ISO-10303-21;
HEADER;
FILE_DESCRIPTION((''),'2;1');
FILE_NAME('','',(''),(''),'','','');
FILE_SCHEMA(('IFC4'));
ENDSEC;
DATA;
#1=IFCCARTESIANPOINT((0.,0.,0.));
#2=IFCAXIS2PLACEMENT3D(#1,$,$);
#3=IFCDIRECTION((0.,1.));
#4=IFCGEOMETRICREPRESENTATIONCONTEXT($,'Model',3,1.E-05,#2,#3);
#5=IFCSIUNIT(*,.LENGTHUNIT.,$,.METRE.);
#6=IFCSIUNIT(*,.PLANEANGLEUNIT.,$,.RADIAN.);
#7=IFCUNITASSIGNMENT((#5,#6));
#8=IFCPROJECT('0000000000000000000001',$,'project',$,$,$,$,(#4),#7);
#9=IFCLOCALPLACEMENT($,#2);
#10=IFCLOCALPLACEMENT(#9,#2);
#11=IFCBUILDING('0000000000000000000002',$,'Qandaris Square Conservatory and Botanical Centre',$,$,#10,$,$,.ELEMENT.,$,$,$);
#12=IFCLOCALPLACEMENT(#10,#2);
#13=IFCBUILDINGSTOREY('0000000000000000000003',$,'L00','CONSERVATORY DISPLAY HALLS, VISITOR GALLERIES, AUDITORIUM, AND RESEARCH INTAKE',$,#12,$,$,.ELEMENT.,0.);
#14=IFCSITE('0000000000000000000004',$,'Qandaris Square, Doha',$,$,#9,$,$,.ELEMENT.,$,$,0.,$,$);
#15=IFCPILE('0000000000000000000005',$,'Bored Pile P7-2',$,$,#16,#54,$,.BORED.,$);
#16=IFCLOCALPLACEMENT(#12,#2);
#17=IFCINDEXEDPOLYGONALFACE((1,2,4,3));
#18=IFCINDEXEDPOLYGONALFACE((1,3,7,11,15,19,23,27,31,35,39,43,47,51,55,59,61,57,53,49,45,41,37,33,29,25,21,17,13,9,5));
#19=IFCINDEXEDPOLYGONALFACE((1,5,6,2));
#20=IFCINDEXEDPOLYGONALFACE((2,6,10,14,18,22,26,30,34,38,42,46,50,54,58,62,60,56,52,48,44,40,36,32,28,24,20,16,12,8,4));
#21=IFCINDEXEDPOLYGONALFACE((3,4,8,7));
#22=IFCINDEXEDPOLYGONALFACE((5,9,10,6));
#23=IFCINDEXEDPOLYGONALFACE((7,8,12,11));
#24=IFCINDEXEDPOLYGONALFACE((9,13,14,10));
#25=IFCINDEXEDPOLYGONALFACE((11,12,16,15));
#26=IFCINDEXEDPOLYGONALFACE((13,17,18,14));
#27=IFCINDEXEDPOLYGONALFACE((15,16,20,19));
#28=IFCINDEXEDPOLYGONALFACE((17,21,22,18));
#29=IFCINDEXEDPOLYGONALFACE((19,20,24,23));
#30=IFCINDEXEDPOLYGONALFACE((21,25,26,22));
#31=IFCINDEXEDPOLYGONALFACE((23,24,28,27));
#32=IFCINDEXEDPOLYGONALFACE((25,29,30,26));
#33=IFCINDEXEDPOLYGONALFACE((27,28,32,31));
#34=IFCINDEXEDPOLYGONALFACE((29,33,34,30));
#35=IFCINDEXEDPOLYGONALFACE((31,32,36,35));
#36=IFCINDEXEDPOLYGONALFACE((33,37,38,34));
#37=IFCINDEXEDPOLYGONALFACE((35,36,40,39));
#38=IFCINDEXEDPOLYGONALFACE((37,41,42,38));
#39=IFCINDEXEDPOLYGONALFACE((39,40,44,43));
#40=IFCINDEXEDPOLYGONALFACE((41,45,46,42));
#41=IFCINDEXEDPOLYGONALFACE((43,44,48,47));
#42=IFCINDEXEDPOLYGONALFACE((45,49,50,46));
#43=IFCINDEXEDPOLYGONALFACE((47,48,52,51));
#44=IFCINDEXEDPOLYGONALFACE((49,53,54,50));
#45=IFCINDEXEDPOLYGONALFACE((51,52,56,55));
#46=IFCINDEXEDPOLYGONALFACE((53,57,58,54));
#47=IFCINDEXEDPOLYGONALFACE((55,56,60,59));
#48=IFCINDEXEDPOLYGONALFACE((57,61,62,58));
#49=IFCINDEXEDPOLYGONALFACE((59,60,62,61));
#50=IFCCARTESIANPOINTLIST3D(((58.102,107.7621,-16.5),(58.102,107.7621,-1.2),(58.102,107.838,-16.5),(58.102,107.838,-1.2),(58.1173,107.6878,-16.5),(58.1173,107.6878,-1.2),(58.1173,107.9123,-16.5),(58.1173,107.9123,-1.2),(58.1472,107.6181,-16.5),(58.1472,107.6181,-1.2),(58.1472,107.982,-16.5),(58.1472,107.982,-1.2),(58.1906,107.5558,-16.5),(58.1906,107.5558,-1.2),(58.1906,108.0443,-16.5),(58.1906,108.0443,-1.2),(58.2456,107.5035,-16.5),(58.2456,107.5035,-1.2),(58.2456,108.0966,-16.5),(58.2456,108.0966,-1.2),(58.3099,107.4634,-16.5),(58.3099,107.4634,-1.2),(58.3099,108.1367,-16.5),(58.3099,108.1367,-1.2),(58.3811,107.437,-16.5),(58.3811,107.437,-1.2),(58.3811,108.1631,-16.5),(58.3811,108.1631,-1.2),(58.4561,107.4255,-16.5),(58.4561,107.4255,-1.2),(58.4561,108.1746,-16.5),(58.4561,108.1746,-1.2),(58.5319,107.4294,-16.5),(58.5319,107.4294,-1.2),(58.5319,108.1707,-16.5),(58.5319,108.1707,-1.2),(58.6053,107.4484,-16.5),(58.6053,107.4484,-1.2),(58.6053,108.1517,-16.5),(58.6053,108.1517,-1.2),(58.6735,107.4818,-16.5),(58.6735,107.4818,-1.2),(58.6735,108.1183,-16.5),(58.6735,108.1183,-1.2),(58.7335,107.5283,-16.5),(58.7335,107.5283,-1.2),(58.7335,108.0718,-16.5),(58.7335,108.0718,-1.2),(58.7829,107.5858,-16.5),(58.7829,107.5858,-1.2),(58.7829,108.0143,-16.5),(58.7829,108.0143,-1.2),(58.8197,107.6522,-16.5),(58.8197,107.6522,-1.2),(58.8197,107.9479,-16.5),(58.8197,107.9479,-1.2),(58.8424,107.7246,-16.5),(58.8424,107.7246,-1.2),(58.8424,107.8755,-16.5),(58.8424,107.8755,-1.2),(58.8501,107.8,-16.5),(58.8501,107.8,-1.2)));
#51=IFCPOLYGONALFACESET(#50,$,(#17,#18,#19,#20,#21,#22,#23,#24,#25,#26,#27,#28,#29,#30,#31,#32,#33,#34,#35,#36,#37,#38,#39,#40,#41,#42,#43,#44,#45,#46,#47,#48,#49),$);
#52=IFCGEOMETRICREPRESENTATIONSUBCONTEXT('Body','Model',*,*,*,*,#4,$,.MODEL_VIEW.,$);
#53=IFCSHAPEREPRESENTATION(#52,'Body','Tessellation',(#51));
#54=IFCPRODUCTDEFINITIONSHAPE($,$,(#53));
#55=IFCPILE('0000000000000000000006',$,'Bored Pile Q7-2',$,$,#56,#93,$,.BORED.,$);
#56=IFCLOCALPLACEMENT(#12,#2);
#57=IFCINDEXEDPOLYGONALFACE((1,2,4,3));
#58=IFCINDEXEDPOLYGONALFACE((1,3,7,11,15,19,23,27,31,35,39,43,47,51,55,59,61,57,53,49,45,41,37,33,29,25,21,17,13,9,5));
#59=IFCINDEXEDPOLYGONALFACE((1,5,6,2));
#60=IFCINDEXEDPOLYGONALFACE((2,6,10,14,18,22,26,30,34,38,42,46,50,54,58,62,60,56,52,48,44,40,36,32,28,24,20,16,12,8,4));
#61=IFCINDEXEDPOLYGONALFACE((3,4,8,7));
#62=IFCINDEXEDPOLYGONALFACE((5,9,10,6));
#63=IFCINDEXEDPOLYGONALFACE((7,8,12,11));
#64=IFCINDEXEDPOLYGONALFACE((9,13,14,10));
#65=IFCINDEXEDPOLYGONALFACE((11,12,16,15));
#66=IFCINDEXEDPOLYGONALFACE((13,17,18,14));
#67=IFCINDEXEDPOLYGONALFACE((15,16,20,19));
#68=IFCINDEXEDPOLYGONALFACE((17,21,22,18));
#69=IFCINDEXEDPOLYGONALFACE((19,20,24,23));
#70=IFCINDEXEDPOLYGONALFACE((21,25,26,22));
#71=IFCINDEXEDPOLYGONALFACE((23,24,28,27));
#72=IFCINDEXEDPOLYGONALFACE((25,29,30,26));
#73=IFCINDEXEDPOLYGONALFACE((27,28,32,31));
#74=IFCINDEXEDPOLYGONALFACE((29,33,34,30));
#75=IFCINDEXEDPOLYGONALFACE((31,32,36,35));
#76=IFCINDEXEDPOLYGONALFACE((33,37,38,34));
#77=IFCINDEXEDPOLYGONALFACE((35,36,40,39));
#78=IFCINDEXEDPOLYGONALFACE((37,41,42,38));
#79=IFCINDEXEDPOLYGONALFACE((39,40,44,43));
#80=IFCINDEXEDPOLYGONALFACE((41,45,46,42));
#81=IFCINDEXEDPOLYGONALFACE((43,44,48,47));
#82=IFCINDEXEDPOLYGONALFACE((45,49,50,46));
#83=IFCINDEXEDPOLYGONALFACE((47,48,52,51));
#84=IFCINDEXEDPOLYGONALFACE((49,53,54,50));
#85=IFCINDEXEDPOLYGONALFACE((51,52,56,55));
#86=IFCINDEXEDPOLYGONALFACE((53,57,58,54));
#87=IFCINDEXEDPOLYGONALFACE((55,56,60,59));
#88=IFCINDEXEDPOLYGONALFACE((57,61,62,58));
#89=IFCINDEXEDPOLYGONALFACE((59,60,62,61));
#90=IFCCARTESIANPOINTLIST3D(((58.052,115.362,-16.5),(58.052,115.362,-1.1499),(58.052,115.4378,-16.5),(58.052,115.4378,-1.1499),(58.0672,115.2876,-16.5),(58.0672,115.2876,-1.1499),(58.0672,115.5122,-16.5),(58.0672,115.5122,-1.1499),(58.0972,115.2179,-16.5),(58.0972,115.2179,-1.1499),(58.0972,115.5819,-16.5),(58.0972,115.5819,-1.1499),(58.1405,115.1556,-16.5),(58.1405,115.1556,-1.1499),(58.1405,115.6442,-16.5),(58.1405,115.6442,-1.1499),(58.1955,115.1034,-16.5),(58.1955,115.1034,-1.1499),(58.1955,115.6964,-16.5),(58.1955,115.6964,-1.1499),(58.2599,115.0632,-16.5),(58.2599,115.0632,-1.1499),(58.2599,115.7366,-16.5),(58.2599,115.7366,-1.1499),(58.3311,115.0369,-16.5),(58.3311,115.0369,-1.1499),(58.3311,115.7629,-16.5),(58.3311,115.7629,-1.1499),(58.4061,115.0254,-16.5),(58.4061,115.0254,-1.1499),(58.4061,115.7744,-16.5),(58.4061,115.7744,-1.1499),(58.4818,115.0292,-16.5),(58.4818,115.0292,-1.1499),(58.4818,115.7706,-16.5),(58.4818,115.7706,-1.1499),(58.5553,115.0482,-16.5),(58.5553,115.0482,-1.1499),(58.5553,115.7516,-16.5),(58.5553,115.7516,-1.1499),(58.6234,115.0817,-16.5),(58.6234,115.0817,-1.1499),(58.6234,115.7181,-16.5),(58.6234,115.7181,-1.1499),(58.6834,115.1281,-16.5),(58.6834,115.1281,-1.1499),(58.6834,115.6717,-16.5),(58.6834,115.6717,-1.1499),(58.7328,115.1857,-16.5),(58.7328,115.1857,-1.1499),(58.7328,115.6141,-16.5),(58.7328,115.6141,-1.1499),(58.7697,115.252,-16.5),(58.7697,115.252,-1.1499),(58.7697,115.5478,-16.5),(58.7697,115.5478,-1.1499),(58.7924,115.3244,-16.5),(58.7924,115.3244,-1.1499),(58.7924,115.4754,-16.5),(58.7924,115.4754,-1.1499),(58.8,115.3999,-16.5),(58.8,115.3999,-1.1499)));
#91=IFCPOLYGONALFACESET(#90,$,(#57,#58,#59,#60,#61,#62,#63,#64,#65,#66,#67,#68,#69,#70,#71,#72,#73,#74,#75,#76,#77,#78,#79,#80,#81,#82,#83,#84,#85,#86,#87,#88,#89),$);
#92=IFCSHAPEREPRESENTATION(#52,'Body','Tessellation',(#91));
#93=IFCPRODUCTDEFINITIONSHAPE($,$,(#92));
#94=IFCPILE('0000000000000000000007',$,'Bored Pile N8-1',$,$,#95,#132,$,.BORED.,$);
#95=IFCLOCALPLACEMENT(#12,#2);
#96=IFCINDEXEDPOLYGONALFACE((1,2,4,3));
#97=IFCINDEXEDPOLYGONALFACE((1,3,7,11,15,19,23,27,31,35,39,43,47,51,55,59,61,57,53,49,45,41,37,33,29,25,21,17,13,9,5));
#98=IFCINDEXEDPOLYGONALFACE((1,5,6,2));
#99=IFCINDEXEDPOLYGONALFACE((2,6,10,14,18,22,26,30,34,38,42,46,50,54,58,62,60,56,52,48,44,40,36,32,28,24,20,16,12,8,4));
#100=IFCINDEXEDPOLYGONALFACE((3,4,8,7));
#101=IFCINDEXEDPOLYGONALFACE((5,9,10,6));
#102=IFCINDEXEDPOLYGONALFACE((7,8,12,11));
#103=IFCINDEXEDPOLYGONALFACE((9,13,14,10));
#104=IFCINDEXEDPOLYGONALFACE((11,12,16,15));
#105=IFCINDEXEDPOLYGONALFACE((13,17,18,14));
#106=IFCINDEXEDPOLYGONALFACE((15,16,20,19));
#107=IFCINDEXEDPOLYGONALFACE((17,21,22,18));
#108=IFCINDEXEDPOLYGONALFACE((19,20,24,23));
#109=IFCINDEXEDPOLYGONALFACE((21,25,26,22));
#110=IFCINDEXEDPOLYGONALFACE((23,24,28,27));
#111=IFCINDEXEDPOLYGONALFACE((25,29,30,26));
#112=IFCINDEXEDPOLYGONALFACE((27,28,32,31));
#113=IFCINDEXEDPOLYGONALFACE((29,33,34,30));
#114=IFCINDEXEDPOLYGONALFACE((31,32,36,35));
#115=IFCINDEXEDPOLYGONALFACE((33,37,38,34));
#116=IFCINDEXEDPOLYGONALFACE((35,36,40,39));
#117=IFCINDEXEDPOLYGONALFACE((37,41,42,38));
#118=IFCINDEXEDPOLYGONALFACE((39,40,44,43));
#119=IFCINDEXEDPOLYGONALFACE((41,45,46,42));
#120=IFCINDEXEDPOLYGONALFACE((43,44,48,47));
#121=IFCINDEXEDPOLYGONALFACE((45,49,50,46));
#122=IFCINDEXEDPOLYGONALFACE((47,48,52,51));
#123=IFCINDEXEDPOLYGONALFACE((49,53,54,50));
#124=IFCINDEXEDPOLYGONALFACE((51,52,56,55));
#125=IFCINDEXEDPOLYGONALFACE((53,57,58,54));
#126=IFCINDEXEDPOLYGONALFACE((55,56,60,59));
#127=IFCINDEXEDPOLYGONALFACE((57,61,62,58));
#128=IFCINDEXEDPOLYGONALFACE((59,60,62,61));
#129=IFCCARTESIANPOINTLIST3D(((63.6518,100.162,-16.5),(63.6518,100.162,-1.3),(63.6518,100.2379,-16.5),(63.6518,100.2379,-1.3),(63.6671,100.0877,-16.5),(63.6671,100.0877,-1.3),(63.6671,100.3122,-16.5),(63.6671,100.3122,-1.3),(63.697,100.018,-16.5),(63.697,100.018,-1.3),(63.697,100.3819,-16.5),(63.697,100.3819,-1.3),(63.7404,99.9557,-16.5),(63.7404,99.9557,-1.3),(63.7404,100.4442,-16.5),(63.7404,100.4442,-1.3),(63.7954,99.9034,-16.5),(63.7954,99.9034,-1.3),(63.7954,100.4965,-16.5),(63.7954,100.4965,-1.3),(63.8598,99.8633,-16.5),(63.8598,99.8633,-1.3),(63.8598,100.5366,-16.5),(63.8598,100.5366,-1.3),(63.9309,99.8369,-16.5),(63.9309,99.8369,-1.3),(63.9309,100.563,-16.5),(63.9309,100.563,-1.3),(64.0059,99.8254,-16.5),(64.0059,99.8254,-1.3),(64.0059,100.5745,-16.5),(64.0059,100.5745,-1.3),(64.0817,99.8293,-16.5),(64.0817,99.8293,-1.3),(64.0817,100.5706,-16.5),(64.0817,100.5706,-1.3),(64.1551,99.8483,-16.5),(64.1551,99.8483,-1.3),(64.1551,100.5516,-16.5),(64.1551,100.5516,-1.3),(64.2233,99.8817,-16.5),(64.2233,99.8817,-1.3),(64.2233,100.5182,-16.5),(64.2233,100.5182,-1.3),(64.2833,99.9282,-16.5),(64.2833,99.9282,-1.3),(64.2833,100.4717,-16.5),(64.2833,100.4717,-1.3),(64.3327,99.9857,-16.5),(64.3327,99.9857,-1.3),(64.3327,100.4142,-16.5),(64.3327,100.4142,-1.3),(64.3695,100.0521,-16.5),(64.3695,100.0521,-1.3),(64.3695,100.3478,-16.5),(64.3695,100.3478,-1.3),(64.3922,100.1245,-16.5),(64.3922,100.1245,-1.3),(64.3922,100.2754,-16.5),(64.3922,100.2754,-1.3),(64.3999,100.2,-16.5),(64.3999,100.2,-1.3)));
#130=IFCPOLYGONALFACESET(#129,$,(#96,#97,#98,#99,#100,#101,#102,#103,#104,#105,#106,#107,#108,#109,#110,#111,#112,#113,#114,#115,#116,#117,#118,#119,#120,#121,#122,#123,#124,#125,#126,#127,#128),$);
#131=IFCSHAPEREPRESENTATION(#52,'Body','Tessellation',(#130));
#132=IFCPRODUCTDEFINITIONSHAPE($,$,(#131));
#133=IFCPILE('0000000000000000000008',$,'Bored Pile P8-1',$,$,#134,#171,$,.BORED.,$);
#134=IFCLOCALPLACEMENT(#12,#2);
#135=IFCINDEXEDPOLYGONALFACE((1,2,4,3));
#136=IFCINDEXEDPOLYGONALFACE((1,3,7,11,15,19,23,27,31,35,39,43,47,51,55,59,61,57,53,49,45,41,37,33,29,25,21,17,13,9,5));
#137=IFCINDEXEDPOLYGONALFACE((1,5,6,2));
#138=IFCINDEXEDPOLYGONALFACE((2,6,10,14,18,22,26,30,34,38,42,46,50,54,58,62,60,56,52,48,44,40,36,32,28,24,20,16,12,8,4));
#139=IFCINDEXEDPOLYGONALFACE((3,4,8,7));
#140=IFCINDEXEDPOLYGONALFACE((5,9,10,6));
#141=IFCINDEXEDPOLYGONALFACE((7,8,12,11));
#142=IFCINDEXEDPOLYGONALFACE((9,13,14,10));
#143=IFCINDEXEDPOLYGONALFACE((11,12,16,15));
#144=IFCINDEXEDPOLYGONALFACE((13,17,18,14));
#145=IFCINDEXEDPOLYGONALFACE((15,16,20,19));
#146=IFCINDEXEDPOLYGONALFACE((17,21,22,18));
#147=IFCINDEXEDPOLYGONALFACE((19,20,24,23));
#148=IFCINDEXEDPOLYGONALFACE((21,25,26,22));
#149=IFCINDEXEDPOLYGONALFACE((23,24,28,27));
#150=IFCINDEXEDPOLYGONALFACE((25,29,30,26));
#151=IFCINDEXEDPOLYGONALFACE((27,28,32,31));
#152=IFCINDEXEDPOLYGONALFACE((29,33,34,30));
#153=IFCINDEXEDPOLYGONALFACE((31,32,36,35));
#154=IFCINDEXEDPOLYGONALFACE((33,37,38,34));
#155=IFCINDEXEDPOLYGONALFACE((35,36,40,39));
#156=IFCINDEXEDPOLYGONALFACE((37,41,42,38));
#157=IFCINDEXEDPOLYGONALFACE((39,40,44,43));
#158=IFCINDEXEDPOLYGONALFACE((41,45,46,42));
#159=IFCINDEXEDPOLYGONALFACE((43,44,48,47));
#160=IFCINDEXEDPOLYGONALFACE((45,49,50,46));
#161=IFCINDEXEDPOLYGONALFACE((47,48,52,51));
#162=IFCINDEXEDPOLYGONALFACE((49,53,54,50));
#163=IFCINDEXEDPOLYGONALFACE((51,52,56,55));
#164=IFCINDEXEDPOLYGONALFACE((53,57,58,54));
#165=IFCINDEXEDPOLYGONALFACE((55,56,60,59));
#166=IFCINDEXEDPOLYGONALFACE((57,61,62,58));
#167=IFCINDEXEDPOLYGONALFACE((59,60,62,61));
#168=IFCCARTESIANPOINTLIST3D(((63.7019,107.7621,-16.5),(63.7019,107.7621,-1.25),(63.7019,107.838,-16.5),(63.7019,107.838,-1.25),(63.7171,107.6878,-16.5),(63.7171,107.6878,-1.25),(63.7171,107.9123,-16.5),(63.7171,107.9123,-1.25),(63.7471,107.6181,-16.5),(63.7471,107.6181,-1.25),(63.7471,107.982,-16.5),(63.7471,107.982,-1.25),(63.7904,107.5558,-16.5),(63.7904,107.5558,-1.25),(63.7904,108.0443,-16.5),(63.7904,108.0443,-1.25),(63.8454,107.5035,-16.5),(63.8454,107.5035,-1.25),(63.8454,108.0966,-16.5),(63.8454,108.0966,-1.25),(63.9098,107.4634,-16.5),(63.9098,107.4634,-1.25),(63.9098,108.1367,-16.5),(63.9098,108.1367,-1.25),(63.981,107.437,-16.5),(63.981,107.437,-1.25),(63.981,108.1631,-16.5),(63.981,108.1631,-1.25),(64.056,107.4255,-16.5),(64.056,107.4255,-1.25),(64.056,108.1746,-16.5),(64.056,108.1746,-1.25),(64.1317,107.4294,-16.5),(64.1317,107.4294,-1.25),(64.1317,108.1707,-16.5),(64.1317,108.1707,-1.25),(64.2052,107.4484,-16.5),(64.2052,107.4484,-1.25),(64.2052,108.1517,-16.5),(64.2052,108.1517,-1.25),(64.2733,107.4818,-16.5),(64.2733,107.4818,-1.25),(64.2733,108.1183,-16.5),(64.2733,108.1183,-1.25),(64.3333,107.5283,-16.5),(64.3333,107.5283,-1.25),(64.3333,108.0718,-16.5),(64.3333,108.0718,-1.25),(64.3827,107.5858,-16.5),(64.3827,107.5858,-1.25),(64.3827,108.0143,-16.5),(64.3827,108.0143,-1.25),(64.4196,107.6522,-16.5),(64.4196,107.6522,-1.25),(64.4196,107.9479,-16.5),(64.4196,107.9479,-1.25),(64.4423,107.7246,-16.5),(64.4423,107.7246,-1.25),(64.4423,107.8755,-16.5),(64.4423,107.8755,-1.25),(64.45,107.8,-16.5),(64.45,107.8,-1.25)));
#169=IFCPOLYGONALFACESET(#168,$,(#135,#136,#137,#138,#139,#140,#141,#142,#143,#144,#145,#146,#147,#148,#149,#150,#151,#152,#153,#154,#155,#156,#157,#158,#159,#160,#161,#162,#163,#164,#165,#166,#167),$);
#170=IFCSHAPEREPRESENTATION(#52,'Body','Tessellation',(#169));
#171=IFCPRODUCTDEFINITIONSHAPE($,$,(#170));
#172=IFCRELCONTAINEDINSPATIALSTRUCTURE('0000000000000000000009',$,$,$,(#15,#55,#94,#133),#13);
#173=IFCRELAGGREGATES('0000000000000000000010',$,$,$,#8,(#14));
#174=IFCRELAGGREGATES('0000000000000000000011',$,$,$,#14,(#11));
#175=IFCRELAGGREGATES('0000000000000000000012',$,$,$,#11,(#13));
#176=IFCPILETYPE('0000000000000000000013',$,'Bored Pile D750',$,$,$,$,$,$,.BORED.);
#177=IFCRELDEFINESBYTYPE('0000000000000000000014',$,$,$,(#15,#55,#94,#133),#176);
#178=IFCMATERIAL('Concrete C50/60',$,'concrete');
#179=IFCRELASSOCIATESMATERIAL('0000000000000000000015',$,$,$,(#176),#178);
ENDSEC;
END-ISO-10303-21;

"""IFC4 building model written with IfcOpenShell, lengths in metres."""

from ifc_helpers import new_model, si_unit, direction, frame, origin, origin_2d, place, context, subcontext, project, spatial, circle, extrude, material, material_profile, profile_set, type_object, element, save


model = new_model("IFC4")

# Units and contexts
model_context = context("Model", 3, precision=1e-05, world=origin(), true_north=direction((0.0, 1.0)))
body_context = subcontext(model_context, "Body", "Model", "MODEL_VIEW")
ifc_project = project(units=[si_unit("LENGTHUNIT", "METRE"), si_unit("PLANEANGLEUNIT", "RADIAN")], contexts=[model_context])

# Site, building, storey
site_placement = place(None, origin())
site = spatial("IfcSite", under=ifc_project, at=site_placement, Name="Qandaris Square, Doha", CompositionType="ELEMENT", RefElevation=0.0)
building_placement = place(site_placement, origin())
building = spatial("IfcBuilding", under=site, at=building_placement, Name="Qandaris Square Conservatory and Botanical Centre", CompositionType="ELEMENT")
storey_placement = place(building_placement, origin())
storey = spatial("IfcBuildingStorey", under=building, at=storey_placement, Name="L00", Description="CONSERVATORY DISPLAY HALLS, VISITOR GALLERIES, AUDITORIUM, AND RESEARCH INTAKE", CompositionType="ELEMENT", Elevation=0.0)

# Piles
ifc_material_1 = material(Name="Concrete C50/60", Category="concrete")
ifc_material_profile_1 = material_profile(ifc_material_1, circle(Radius=0.375, at=origin_2d()), Name="PILE D750")
ifc_profile_set_1 = profile_set([ifc_material_profile_1], Name="Concrete C50/60")
pile_type = type_object("IfcPileType", Name="Bored Pile D750", PredefinedType="BORED", material=ifc_profile_set_1)
pile_1_placement = place(storey_placement, frame((58.4751, 107.8, -1.2), z_axis=(0.0, 0.0, -1.0), x_axis=(1.0, 0.0, 0.0)))
element("IfcPile", 1, at=pile_1_placement, inside=storey, type_object=pile_type, Name="Bored Pile P7-2", PredefinedType="BORED", context=body_context, shape_type="SweptSolid", body=[
    extrude(circle(Radius=0.375, at=origin_2d()), origin(), (0.0, 0.0, 1.0), 15.3),
])
pile_2_placement = place(storey_placement, frame((58.425, 115.3999, -1.1499), z_axis=(0.0, 0.0, -1.0), x_axis=(1.0, 0.0, 0.0)))
element("IfcPile", 2, at=pile_2_placement, inside=storey, type_object=pile_type, Name="Bored Pile Q7-2", PredefinedType="BORED", context=body_context, shape_type="SweptSolid", body=[
    extrude(circle(Radius=0.375, at=origin_2d()), origin(), (0.0, 0.0, 1.0), 15.3501),
])
pile_3_placement = place(storey_placement, frame((64.0249, 100.2, -1.3), z_axis=(0.0, 0.0, -1.0), x_axis=(1.0, 0.0, 0.0)))
element("IfcPile", 3, at=pile_3_placement, inside=storey, type_object=pile_type, Name="Bored Pile N8-1", PredefinedType="BORED", context=body_context, shape_type="SweptSolid", body=[
    extrude(circle(Radius=0.375, at=origin_2d()), origin(), (0.0, 0.0, 1.0), 15.2),
])
pile_4_placement = place(storey_placement, frame((64.075, 107.8, -1.25), z_axis=(0.0, 0.0, -1.0), x_axis=(1.0, 0.0, 0.0)))
element("IfcPile", 4, at=pile_4_placement, inside=storey, type_object=pile_type, Name="Bored Pile P8-1", PredefinedType="BORED", context=body_context, shape_type="SweptSolid", body=[
    extrude(circle(Radius=0.375, at=origin_2d()), origin(), (0.0, 0.0, 1.0), 15.25),
])

save(model, "model.ifc")
